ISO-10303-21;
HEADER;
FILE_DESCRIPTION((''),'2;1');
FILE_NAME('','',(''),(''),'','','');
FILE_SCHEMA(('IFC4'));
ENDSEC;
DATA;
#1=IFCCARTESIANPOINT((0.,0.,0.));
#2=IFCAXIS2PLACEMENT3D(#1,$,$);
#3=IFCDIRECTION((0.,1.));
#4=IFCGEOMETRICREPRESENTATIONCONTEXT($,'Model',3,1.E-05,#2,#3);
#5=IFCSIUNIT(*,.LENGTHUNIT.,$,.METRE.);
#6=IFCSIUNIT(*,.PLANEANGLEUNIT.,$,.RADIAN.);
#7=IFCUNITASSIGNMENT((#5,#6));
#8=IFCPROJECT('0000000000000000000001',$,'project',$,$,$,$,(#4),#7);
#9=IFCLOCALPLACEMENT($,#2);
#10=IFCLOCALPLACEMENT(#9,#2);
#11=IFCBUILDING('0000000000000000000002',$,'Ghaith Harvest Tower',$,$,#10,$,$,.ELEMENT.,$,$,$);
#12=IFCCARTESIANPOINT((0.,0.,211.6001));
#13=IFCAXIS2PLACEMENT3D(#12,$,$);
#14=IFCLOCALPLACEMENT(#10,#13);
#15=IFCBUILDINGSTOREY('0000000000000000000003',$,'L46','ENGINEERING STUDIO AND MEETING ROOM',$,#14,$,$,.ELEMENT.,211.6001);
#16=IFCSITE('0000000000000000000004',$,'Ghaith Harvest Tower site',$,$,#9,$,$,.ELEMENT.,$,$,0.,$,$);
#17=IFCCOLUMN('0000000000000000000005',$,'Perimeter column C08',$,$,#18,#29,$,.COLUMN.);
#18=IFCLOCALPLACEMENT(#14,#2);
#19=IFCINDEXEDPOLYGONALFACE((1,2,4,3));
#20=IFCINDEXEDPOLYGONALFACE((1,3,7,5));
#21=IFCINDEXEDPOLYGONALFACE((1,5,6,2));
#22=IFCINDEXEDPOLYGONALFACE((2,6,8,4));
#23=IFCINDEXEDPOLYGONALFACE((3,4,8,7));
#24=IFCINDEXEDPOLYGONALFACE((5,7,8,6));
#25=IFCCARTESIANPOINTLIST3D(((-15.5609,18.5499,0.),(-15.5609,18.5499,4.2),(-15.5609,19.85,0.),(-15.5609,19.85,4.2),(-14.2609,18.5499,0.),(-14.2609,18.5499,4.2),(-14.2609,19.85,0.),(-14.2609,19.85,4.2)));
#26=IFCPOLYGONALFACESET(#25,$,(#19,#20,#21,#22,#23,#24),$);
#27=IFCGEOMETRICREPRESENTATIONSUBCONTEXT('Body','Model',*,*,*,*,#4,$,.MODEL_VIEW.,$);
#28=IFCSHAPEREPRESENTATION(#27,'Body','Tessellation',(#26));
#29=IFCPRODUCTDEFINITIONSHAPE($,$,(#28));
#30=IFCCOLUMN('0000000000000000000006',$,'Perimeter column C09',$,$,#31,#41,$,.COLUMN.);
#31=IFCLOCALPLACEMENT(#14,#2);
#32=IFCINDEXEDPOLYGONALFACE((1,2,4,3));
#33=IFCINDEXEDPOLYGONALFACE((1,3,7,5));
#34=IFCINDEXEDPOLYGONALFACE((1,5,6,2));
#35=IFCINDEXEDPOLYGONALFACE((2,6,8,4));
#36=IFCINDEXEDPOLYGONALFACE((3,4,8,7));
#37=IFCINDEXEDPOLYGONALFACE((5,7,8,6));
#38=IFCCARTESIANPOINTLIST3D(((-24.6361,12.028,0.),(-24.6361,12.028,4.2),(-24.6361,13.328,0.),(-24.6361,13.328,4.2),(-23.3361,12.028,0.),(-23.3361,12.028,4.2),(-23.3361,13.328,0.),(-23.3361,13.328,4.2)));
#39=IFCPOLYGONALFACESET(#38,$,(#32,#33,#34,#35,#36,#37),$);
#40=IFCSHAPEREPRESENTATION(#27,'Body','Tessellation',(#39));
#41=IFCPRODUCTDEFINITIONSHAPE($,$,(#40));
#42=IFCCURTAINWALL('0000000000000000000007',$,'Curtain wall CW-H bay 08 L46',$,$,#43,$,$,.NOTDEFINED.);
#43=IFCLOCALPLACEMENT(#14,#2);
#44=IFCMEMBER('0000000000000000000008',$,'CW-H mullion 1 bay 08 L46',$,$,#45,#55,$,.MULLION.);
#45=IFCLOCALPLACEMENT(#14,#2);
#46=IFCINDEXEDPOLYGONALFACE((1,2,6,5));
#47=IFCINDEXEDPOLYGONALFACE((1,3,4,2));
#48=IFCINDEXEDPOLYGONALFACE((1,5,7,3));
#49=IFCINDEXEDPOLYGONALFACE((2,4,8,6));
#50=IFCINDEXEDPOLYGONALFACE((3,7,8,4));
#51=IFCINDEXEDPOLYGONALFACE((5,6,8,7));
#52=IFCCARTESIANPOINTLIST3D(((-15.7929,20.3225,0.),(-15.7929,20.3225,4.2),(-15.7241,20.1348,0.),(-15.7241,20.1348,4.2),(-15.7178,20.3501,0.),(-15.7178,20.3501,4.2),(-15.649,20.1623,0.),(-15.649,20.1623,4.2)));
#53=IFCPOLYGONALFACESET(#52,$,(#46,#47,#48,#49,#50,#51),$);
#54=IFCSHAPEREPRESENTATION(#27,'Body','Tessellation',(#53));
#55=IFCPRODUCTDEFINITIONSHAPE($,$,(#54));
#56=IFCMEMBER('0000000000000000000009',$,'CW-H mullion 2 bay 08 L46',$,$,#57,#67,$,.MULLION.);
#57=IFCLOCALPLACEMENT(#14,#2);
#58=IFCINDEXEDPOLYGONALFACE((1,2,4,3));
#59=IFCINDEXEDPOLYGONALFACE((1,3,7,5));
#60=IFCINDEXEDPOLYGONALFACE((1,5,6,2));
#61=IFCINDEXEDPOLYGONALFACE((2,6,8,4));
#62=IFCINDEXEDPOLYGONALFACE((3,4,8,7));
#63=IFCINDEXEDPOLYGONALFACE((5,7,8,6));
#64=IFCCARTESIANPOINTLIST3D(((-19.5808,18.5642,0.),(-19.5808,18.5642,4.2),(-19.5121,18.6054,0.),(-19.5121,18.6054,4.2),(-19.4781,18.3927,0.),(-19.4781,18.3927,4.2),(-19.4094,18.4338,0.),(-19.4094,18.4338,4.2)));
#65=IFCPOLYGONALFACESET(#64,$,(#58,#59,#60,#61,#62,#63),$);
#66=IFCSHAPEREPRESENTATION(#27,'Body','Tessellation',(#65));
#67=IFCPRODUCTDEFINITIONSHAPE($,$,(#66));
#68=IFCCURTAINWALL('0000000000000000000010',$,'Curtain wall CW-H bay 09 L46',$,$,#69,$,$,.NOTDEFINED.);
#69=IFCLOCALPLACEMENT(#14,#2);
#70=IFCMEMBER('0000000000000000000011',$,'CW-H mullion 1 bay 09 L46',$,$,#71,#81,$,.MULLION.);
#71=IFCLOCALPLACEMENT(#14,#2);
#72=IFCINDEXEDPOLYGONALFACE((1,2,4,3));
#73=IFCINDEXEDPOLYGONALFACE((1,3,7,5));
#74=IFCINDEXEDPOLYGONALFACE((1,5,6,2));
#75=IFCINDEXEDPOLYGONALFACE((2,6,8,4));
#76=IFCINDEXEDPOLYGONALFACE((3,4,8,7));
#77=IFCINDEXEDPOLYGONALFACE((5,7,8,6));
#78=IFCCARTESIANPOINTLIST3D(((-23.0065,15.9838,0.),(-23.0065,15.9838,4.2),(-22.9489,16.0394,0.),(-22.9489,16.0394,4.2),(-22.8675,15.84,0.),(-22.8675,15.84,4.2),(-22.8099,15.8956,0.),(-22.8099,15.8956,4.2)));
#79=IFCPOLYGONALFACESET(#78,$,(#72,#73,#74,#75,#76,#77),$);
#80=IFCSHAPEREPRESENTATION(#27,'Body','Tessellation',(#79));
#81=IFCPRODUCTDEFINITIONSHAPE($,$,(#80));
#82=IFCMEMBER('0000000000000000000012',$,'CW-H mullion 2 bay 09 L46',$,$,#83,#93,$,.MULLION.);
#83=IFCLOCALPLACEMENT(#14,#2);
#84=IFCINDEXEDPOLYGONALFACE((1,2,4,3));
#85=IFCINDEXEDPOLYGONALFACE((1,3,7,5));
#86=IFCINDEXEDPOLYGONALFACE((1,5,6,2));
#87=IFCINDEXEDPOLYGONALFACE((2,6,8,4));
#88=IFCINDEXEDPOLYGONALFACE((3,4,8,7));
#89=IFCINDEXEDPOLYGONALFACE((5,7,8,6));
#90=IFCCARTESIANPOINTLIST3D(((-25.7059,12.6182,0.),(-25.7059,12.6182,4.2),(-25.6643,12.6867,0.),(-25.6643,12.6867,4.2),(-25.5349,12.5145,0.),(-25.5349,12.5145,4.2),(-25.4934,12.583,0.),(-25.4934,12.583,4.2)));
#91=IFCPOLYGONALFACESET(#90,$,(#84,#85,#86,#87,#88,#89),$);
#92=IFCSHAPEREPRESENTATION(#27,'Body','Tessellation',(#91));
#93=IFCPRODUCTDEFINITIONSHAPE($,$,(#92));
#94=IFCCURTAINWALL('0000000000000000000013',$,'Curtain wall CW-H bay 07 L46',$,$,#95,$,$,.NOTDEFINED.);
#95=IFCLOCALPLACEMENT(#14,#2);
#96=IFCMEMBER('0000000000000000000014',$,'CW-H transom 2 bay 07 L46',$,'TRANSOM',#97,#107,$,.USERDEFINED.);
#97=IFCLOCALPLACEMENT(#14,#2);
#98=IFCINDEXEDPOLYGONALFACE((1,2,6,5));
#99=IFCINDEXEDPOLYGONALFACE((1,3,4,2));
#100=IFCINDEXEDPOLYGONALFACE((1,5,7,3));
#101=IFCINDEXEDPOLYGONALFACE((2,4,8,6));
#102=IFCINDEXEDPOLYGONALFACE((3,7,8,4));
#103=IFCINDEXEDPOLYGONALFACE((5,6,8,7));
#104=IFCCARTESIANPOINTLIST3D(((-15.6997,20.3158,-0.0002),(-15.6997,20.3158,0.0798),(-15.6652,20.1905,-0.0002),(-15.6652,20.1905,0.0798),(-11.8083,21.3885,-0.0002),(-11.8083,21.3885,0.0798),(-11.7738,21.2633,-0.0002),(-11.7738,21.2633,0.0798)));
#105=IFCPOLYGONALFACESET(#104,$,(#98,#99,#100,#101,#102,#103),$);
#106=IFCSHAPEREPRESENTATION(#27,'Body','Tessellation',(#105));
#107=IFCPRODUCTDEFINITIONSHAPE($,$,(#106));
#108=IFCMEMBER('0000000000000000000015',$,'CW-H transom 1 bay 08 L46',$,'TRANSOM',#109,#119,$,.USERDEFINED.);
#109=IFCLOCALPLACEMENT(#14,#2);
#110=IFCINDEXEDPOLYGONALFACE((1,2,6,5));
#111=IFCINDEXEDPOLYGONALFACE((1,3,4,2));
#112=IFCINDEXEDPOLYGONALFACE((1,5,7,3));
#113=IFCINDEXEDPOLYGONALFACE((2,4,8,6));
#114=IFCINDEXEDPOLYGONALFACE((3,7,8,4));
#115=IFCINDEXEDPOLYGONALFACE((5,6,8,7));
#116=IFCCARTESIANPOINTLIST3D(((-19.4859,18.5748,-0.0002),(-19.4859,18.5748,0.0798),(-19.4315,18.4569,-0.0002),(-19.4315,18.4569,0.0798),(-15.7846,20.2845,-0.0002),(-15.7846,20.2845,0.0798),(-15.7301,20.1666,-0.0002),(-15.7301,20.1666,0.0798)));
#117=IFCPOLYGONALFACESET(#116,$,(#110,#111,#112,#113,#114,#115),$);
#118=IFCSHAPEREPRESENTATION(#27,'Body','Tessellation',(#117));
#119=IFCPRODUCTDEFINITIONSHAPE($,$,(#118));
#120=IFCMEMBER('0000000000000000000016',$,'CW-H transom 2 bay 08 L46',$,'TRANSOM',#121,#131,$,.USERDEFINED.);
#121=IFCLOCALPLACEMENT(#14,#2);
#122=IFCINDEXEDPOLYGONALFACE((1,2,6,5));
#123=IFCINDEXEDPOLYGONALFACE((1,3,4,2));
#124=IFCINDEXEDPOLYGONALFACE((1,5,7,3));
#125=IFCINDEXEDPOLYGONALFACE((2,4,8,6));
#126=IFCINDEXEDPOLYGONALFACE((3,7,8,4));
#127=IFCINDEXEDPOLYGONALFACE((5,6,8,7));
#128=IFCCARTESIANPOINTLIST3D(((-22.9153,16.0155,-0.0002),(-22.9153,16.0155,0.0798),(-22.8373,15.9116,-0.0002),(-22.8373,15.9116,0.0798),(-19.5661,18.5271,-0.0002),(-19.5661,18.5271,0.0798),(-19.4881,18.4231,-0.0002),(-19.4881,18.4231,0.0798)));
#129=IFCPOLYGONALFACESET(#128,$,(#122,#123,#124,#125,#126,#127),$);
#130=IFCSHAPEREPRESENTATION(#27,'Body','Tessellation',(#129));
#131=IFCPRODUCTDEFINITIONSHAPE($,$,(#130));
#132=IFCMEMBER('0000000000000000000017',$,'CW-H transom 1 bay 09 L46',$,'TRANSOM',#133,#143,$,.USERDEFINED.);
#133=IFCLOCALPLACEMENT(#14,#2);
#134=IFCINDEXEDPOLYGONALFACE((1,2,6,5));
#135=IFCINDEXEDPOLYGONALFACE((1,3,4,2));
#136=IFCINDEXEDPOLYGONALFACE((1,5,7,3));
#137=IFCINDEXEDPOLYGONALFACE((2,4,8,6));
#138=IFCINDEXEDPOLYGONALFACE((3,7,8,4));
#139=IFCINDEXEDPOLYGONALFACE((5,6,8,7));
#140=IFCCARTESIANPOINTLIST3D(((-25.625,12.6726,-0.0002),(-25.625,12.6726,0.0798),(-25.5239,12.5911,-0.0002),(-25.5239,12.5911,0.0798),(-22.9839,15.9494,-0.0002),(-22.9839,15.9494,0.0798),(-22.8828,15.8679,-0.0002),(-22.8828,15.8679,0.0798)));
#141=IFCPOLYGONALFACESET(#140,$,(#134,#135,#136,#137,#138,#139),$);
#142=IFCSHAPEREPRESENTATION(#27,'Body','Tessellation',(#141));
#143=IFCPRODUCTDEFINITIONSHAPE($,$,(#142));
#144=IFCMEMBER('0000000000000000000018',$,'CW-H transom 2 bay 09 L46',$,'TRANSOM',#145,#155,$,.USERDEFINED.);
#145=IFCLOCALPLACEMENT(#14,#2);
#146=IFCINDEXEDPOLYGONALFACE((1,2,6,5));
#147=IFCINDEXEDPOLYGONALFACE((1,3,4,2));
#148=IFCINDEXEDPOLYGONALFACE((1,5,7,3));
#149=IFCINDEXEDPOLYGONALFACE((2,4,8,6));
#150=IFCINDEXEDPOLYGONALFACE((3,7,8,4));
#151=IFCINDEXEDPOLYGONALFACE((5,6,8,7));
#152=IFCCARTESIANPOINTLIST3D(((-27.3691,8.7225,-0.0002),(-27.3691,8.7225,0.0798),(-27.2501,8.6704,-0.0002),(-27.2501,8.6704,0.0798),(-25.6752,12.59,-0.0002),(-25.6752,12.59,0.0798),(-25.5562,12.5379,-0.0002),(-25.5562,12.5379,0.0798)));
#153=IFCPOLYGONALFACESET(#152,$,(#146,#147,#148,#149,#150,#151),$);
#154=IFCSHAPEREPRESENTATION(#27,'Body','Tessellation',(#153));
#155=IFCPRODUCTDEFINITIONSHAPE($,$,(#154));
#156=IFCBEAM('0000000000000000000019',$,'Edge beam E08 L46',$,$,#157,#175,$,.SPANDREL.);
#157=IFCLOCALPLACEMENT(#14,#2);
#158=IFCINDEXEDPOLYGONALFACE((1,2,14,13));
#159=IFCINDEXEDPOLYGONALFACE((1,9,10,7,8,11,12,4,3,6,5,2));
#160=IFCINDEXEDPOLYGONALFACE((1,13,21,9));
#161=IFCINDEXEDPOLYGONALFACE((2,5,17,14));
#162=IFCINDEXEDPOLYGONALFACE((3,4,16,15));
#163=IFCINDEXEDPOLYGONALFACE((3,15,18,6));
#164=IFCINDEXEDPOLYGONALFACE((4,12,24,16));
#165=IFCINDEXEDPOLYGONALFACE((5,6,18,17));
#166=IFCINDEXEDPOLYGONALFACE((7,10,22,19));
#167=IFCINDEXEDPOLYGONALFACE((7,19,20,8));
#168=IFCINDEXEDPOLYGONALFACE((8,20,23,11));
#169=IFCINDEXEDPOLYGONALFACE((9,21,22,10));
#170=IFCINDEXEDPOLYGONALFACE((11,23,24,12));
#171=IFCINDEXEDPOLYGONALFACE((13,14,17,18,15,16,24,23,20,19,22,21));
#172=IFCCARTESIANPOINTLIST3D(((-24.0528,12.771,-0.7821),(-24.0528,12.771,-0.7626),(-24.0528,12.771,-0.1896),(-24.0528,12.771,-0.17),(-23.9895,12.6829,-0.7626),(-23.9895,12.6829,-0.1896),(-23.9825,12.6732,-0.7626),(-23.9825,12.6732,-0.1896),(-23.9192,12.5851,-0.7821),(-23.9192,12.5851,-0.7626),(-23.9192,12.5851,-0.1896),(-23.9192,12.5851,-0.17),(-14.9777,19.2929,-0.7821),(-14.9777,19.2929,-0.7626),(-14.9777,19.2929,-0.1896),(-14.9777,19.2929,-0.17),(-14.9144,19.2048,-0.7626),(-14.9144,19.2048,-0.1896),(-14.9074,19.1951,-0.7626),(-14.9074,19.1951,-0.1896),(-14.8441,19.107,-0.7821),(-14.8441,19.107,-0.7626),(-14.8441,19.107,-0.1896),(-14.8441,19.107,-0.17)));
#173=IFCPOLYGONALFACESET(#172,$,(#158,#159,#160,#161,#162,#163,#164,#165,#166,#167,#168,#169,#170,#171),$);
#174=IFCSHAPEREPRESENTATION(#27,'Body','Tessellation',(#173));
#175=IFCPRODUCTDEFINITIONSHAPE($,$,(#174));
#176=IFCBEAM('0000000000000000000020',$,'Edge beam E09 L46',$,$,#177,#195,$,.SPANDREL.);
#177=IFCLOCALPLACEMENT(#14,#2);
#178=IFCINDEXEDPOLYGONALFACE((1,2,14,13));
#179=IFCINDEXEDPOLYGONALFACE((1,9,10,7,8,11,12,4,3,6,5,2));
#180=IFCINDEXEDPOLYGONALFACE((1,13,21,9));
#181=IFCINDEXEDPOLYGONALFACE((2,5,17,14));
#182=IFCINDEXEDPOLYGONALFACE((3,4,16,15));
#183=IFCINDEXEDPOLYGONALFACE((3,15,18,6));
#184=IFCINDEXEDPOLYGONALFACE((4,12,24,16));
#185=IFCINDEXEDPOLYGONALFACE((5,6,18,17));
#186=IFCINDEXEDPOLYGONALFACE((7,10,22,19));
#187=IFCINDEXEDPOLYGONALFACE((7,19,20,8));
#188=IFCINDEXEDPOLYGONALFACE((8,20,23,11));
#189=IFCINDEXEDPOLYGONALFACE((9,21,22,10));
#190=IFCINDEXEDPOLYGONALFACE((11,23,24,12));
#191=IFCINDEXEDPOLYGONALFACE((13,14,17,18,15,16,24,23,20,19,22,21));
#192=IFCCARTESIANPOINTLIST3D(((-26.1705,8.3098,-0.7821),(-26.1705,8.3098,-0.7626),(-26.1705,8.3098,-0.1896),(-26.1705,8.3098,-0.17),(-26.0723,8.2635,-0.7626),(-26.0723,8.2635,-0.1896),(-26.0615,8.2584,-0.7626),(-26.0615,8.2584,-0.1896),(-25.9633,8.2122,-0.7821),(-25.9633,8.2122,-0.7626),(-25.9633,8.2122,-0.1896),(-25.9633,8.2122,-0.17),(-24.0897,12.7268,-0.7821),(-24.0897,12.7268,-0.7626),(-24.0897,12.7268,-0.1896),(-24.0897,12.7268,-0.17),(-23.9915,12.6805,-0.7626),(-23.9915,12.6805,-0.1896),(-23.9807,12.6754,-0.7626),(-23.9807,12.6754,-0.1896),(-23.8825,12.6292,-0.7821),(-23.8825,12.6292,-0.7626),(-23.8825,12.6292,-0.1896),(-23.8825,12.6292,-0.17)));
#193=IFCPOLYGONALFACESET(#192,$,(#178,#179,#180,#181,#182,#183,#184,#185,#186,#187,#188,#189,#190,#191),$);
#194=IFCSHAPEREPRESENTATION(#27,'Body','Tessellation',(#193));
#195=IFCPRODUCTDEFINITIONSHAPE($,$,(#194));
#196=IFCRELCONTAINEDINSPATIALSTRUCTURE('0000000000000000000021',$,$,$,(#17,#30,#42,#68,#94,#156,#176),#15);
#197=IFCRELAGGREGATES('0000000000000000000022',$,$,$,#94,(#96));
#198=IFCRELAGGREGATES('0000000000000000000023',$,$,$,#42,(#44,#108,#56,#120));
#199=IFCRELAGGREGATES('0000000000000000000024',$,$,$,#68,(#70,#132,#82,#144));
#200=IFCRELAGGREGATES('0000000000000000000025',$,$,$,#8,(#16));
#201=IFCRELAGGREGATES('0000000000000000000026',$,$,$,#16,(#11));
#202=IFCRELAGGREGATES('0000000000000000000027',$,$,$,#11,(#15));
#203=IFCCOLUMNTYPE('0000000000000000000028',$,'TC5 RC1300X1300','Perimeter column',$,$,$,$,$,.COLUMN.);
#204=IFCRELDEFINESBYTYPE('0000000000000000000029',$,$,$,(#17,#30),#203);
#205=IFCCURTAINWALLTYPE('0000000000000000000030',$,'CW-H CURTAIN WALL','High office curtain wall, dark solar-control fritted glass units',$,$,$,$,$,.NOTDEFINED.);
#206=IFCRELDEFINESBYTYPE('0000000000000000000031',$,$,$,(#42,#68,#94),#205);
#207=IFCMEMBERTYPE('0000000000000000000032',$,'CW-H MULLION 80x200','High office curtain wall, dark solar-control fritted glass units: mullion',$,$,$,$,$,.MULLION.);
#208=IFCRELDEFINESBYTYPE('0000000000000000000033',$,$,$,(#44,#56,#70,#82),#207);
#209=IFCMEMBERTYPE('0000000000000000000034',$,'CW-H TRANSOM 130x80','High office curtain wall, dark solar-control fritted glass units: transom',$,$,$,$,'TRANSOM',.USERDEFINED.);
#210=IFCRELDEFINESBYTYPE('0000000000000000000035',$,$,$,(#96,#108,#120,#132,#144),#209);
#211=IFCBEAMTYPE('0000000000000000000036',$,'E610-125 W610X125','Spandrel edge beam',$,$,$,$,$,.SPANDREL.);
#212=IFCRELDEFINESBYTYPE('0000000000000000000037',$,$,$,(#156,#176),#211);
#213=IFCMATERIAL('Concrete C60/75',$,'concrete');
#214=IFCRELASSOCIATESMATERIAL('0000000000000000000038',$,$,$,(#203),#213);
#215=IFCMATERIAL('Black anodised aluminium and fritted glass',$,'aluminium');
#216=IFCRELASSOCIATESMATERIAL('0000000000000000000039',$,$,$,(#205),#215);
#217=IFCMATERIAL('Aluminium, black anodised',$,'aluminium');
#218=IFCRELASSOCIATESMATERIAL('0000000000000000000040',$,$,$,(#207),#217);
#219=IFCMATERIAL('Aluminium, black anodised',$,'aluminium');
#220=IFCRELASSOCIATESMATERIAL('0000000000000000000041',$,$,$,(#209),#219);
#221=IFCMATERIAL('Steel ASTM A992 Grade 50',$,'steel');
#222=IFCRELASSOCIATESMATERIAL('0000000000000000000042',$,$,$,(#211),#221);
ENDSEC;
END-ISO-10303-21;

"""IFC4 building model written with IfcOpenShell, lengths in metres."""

from ifc_helpers import new_model, si_unit, direction, frame, origin, origin_2d, place, context, subcontext, project, spatial, rectangle, i_section, extrude, material, material_profile, profile_set, type_object, element, aggregate, save


model = new_model("IFC4")

# Units and contexts
model_context = context("Model", 3, precision=1e-05, world=origin(), true_north=direction((0.0, 1.0)))
body_context = subcontext(model_context, "Body", "Model", "MODEL_VIEW")
ifc_project = project(units=[si_unit("LENGTHUNIT", "METRE"), si_unit("PLANEANGLEUNIT", "RADIAN")], contexts=[model_context])

# Site, building, storey
site_placement = place(None, origin())
site = spatial("IfcSite", under=ifc_project, at=site_placement, Name="Ghaith Harvest Tower site", CompositionType="ELEMENT", RefElevation=0.0)
building_placement = place(site_placement, origin())
building = spatial("IfcBuilding", under=site, at=building_placement, Name="Ghaith Harvest Tower", CompositionType="ELEMENT")
storey_placement = place(building_placement, frame((0.0, 0.0, 211.6001)))
storey = spatial("IfcBuildingStorey", under=building, at=storey_placement, Name="L46", Description="ENGINEERING STUDIO AND MEETING ROOM", CompositionType="ELEMENT", Elevation=211.6001)

# Columns
ifc_material_1 = material(Name="Concrete C60/75", Category="concrete")
ifc_material_profile_1 = material_profile(ifc_material_1, rectangle(XDim=1.3, YDim=1.3, at=origin_2d()), Name="RC1300X1300")
ifc_profile_set_1 = profile_set([ifc_material_profile_1], Name="Concrete C60/75")
column_type = type_object("IfcColumnType", Name="TC5 RC1300X1300", Description="Perimeter column", PredefinedType="COLUMN", material=ifc_profile_set_1)
for number, where, z_axis, x_axis, name in (
    (1, (-14.9109, 19.2, 0.0), (0.0, 0.0, 1.0), (1.0, 0.0, 0.0), "Perimeter column C08"),
    (2, (-23.9861, 12.678, 0.0), (0.0, 0.0, 1.0), (1.0, 0.0, 0.0), "Perimeter column C09"),
):
    element("IfcColumn", number, at=place(storey_placement, frame(where, z_axis=z_axis, x_axis=x_axis)), inside=storey, type_object=column_type, Name=name, PredefinedType="COLUMN", context=body_context, shape_type="SweptSolid", body=[
        extrude(rectangle(XDim=1.3, YDim=1.3, at=origin_2d()), origin(), (0.0, 0.0, 1.0), 4.2),
    ])

# Curtain walls, members
ifc_material_2 = material(Name="Black anodised aluminium and fritted glass", Category="aluminium")
curtain_wall_type = type_object("IfcCurtainWallType", Name="CW-H CURTAIN WALL", Description="High office curtain wall, dark solar-control fritted glass units", PredefinedType="NOTDEFINED", material=ifc_material_2)
curtain_wall_1_placement = place(storey_placement, origin())
curtain_wall_1 = element("IfcCurtainWall", 3, at=curtain_wall_1_placement, inside=storey, type_object=curtain_wall_type, Name="Curtain wall CW-H bay 08 L46", PredefinedType="NOTDEFINED")
ifc_material_3 = material(Name="Aluminium, black anodised", Category="aluminium")
ifc_material_profile_2 = material_profile(ifc_material_3, rectangle(XDim=0.0801, YDim=0.2, at=origin_2d()), Name="CW-H MULLION 80x200")
ifc_profile_set_2 = profile_set([ifc_material_profile_2], Name="Aluminium, black anodised")
member_type_1 = type_object("IfcMemberType", Name="CW-H MULLION 80x200", Description="High office curtain wall, dark solar-control fritted glass units: mullion", PredefinedType="MULLION", material=ifc_profile_set_2)
member_1_placement = place(storey_placement, frame((-15.7209, 20.2424, 0.0), z_axis=(0.0, 0.0, 1.0), x_axis=(-0.938931, -0.344106, 0.0)))
member_1 = element("IfcMember", 4, at=member_1_placement, type_object=member_type_1, Name="CW-H mullion 1 bay 08 L46", PredefinedType="MULLION", context=body_context, shape_type="SweptSolid", body=[
    extrude(rectangle(XDim=0.0801, YDim=0.2, at=origin_2d()), origin(), (0.0, 0.0, 1.0), 4.2),
])
member_2_placement = place(storey_placement, frame((-19.4951, 18.499, 0.0), z_axis=(0.0, 0.0, 1.0), x_axis=(-0.857999, -0.513652, 0.0)))
member_2 = element("IfcMember", 5, at=member_2_placement, type_object=member_type_1, Name="CW-H mullion 2 bay 08 L46", PredefinedType="MULLION", context=body_context, shape_type="SweptSolid", body=[
    extrude(rectangle(XDim=0.0801, YDim=0.2, at=origin_2d()), origin(), (0.0, 0.0, 1.0), 4.2),
])
curtain_wall_2_placement = place(storey_placement, origin())
curtain_wall_2 = element("IfcCurtainWall", 6, at=curtain_wall_2_placement, inside=storey, type_object=curtain_wall_type, Name="Curtain wall CW-H bay 09 L46", PredefinedType="NOTDEFINED")
member_3_placement = place(storey_placement, frame((-22.9082, 15.9397, 0.0), z_axis=(0.0, 0.0, 1.0), x_axis=(-0.719146, -0.694859, 0.0)))
member_3 = element("IfcMember", 7, at=member_3_placement, type_object=member_type_1, Name="CW-H mullion 1 bay 09 L46", PredefinedType="MULLION", context=body_context, shape_type="SweptSolid", body=[
    extrude(rectangle(XDim=0.0801, YDim=0.2, at=origin_2d()), origin(), (0.0, 0.0, 1.0), 4.2),
])
member_4_placement = place(storey_placement, frame((-25.5996, 12.6006, 0.0), z_axis=(0.0, 0.0, 1.0), x_axis=(-0.518769, -0.854914, 0.0)))
member_4 = element("IfcMember", 8, at=member_4_placement, type_object=member_type_1, Name="CW-H mullion 2 bay 09 L46", PredefinedType="MULLION", context=body_context, shape_type="SweptSolid", body=[
    extrude(rectangle(XDim=0.0801, YDim=0.2, at=origin_2d()), origin(), (0.0, 0.0, 1.0), 4.2),
])

# Curtain wall, member
curtain_wall_3_placement = place(storey_placement, origin())
curtain_wall_3 = element("IfcCurtainWall", 9, at=curtain_wall_3_placement, inside=storey, type_object=curtain_wall_type, Name="Curtain wall CW-H bay 07 L46", PredefinedType="NOTDEFINED")
ifc_material_4 = material(Name="Aluminium, black anodised", Category="aluminium")
ifc_material_profile_3 = material_profile(ifc_material_4, rectangle(XDim=0.1299, YDim=0.0801, at=origin_2d()), Name="CW-H TRANSOM 130x80")
ifc_profile_set_3 = profile_set([ifc_material_profile_3], Name="Aluminium, black anodised")
member_type_2 = type_object("IfcMemberType", Name="CW-H TRANSOM 130x80", Description="High office curtain wall, dark solar-control fritted glass units: transom", ElementType="TRANSOM", PredefinedType="USERDEFINED", material=ifc_profile_set_3)
member_5_placement = place(storey_placement, frame((-11.791, 21.3259, 0.0398), z_axis=(-0.964039, -0.265762, 0.0), x_axis=(0.265762, -0.964039, 0.0)))
member_5 = element("IfcMember", 10, at=member_5_placement, type_object=member_type_2, Name="CW-H transom 2 bay 07 L46", ObjectType="TRANSOM", PredefinedType="USERDEFINED", context=body_context, shape_type="SweptSolid", body=[
    extrude(rectangle(XDim=0.1299, YDim=0.0801, at=origin_2d()), origin(), (0.0, 0.0, 1.0), 4.0366),
])

# Members
member_6_placement = place(storey_placement, frame((-15.7573, 20.2256, 0.0398), z_axis=(-0.907831, -0.419335, 0.0), x_axis=(0.419335, -0.907831, 0.0)))
member_6 = element("IfcMember", 11, at=member_6_placement, type_object=member_type_2, Name="CW-H transom 1 bay 08 L46", ObjectType="TRANSOM", PredefinedType="USERDEFINED", context=body_context, shape_type="SweptSolid", body=[
    extrude(rectangle(XDim=0.1299, YDim=0.0801, at=origin_2d()), origin(), (0.0, 0.0, 1.0), 4.0771),
])
member_7_placement = place(storey_placement, frame((-19.5271, 18.4751, 0.0398), z_axis=(-0.800042, -0.599944, 0.0), x_axis=(0.599944, -0.800042, 0.0)))
member_7 = element("IfcMember", 12, at=member_7_placement, type_object=member_type_2, Name="CW-H transom 2 bay 08 L46", ObjectType="TRANSOM", PredefinedType="USERDEFINED", context=body_context, shape_type="SweptSolid", body=[
    extrude(rectangle(XDim=0.1299, YDim=0.0801, at=origin_2d()), origin(), (0.0, 0.0, 1.0), 4.1863),
])
member_8_placement = place(storey_placement, frame((-22.9333, 15.9087, 0.0398), z_axis=(-0.627535, -0.778589, 0.0), x_axis=(0.778589, -0.627535, 0.0)))
member_8 = element("IfcMember", 13, at=member_8_placement, type_object=member_type_2, Name="CW-H transom 1 bay 09 L46", ObjectType="TRANSOM", PredefinedType="USERDEFINED", context=body_context, shape_type="SweptSolid", body=[
    extrude(rectangle(XDim=0.1299, YDim=0.0801, at=origin_2d()), origin(), (0.0, 0.0, 1.0), 4.2087),
])
member_9_placement = place(storey_placement, frame((-25.6157, 12.564, 0.0398), z_axis=(-0.401186, -0.915997, 0.0), x_axis=(0.915997, -0.401186, 0.0)))
member_9 = element("IfcMember", 14, at=member_9_placement, type_object=member_type_2, Name="CW-H transom 2 bay 09 L46", ObjectType="TRANSOM", PredefinedType="USERDEFINED", context=body_context, shape_type="SweptSolid", body=[
    extrude(rectangle(XDim=0.1299, YDim=0.0801, at=origin_2d()), origin(), (0.0, 0.0, 1.0), 4.2222),
])

# Beams
ifc_material_5 = material(Name="Steel ASTM A992 Grade 50", Category="steel")
ifc_material_profile_4 = material_profile(ifc_material_5, i_section(OverallWidth=0.229, OverallDepth=0.6121, WebThickness=0.012, FlangeThickness=0.0195, at=origin_2d()), Name="W610X125")
ifc_profile_set_4 = profile_set([ifc_material_profile_4], Name="Steel ASTM A992 Grade 50")
beam_type = type_object("IfcBeamType", Name="E610-125 W610X125", Description="Spandrel edge beam", PredefinedType="SPANDREL", material=ifc_profile_set_4)
beam_1_placement = place(storey_placement, frame((-14.9109, 19.2, -0.4761), z_axis=(-0.81205, -0.583587, 0.0), x_axis=(0.583587, -0.81205, 0.0)))
element("IfcBeam", 15, at=beam_1_placement, inside=storey, type_object=beam_type, Name="Edge beam E08 L46", PredefinedType="SPANDREL", context=body_context, shape_type="SweptSolid", body=[
    extrude(i_section(OverallWidth=0.229, OverallDepth=0.6121, WebThickness=0.012, FlangeThickness=0.0195, at=origin_2d()), origin(), (0.0, 0.0, 1.0), 11.1755),
])
beam_2_placement = place(storey_placement, frame((-23.9861, 12.678, -0.4761), z_axis=(-0.42617, -0.904643, 0.0), x_axis=(0.904643, -0.42617, 0.0)))
element("IfcBeam", 16, at=beam_2_placement, inside=storey, type_object=beam_type, Name="Edge beam E09 L46", PredefinedType="SPANDREL", context=body_context, shape_type="SweptSolid", body=[
    extrude(i_section(OverallWidth=0.229, OverallDepth=0.6121, WebThickness=0.012, FlangeThickness=0.0195, at=origin_2d()), origin(), (0.0, 0.0, 1.0), 4.8826),
])

aggregate(curtain_wall_3, [member_5])
aggregate(curtain_wall_1, [member_1, member_6, member_2, member_7])
aggregate(curtain_wall_2, [member_3, member_8, member_4, member_9])

save(model, "model.ifc")
